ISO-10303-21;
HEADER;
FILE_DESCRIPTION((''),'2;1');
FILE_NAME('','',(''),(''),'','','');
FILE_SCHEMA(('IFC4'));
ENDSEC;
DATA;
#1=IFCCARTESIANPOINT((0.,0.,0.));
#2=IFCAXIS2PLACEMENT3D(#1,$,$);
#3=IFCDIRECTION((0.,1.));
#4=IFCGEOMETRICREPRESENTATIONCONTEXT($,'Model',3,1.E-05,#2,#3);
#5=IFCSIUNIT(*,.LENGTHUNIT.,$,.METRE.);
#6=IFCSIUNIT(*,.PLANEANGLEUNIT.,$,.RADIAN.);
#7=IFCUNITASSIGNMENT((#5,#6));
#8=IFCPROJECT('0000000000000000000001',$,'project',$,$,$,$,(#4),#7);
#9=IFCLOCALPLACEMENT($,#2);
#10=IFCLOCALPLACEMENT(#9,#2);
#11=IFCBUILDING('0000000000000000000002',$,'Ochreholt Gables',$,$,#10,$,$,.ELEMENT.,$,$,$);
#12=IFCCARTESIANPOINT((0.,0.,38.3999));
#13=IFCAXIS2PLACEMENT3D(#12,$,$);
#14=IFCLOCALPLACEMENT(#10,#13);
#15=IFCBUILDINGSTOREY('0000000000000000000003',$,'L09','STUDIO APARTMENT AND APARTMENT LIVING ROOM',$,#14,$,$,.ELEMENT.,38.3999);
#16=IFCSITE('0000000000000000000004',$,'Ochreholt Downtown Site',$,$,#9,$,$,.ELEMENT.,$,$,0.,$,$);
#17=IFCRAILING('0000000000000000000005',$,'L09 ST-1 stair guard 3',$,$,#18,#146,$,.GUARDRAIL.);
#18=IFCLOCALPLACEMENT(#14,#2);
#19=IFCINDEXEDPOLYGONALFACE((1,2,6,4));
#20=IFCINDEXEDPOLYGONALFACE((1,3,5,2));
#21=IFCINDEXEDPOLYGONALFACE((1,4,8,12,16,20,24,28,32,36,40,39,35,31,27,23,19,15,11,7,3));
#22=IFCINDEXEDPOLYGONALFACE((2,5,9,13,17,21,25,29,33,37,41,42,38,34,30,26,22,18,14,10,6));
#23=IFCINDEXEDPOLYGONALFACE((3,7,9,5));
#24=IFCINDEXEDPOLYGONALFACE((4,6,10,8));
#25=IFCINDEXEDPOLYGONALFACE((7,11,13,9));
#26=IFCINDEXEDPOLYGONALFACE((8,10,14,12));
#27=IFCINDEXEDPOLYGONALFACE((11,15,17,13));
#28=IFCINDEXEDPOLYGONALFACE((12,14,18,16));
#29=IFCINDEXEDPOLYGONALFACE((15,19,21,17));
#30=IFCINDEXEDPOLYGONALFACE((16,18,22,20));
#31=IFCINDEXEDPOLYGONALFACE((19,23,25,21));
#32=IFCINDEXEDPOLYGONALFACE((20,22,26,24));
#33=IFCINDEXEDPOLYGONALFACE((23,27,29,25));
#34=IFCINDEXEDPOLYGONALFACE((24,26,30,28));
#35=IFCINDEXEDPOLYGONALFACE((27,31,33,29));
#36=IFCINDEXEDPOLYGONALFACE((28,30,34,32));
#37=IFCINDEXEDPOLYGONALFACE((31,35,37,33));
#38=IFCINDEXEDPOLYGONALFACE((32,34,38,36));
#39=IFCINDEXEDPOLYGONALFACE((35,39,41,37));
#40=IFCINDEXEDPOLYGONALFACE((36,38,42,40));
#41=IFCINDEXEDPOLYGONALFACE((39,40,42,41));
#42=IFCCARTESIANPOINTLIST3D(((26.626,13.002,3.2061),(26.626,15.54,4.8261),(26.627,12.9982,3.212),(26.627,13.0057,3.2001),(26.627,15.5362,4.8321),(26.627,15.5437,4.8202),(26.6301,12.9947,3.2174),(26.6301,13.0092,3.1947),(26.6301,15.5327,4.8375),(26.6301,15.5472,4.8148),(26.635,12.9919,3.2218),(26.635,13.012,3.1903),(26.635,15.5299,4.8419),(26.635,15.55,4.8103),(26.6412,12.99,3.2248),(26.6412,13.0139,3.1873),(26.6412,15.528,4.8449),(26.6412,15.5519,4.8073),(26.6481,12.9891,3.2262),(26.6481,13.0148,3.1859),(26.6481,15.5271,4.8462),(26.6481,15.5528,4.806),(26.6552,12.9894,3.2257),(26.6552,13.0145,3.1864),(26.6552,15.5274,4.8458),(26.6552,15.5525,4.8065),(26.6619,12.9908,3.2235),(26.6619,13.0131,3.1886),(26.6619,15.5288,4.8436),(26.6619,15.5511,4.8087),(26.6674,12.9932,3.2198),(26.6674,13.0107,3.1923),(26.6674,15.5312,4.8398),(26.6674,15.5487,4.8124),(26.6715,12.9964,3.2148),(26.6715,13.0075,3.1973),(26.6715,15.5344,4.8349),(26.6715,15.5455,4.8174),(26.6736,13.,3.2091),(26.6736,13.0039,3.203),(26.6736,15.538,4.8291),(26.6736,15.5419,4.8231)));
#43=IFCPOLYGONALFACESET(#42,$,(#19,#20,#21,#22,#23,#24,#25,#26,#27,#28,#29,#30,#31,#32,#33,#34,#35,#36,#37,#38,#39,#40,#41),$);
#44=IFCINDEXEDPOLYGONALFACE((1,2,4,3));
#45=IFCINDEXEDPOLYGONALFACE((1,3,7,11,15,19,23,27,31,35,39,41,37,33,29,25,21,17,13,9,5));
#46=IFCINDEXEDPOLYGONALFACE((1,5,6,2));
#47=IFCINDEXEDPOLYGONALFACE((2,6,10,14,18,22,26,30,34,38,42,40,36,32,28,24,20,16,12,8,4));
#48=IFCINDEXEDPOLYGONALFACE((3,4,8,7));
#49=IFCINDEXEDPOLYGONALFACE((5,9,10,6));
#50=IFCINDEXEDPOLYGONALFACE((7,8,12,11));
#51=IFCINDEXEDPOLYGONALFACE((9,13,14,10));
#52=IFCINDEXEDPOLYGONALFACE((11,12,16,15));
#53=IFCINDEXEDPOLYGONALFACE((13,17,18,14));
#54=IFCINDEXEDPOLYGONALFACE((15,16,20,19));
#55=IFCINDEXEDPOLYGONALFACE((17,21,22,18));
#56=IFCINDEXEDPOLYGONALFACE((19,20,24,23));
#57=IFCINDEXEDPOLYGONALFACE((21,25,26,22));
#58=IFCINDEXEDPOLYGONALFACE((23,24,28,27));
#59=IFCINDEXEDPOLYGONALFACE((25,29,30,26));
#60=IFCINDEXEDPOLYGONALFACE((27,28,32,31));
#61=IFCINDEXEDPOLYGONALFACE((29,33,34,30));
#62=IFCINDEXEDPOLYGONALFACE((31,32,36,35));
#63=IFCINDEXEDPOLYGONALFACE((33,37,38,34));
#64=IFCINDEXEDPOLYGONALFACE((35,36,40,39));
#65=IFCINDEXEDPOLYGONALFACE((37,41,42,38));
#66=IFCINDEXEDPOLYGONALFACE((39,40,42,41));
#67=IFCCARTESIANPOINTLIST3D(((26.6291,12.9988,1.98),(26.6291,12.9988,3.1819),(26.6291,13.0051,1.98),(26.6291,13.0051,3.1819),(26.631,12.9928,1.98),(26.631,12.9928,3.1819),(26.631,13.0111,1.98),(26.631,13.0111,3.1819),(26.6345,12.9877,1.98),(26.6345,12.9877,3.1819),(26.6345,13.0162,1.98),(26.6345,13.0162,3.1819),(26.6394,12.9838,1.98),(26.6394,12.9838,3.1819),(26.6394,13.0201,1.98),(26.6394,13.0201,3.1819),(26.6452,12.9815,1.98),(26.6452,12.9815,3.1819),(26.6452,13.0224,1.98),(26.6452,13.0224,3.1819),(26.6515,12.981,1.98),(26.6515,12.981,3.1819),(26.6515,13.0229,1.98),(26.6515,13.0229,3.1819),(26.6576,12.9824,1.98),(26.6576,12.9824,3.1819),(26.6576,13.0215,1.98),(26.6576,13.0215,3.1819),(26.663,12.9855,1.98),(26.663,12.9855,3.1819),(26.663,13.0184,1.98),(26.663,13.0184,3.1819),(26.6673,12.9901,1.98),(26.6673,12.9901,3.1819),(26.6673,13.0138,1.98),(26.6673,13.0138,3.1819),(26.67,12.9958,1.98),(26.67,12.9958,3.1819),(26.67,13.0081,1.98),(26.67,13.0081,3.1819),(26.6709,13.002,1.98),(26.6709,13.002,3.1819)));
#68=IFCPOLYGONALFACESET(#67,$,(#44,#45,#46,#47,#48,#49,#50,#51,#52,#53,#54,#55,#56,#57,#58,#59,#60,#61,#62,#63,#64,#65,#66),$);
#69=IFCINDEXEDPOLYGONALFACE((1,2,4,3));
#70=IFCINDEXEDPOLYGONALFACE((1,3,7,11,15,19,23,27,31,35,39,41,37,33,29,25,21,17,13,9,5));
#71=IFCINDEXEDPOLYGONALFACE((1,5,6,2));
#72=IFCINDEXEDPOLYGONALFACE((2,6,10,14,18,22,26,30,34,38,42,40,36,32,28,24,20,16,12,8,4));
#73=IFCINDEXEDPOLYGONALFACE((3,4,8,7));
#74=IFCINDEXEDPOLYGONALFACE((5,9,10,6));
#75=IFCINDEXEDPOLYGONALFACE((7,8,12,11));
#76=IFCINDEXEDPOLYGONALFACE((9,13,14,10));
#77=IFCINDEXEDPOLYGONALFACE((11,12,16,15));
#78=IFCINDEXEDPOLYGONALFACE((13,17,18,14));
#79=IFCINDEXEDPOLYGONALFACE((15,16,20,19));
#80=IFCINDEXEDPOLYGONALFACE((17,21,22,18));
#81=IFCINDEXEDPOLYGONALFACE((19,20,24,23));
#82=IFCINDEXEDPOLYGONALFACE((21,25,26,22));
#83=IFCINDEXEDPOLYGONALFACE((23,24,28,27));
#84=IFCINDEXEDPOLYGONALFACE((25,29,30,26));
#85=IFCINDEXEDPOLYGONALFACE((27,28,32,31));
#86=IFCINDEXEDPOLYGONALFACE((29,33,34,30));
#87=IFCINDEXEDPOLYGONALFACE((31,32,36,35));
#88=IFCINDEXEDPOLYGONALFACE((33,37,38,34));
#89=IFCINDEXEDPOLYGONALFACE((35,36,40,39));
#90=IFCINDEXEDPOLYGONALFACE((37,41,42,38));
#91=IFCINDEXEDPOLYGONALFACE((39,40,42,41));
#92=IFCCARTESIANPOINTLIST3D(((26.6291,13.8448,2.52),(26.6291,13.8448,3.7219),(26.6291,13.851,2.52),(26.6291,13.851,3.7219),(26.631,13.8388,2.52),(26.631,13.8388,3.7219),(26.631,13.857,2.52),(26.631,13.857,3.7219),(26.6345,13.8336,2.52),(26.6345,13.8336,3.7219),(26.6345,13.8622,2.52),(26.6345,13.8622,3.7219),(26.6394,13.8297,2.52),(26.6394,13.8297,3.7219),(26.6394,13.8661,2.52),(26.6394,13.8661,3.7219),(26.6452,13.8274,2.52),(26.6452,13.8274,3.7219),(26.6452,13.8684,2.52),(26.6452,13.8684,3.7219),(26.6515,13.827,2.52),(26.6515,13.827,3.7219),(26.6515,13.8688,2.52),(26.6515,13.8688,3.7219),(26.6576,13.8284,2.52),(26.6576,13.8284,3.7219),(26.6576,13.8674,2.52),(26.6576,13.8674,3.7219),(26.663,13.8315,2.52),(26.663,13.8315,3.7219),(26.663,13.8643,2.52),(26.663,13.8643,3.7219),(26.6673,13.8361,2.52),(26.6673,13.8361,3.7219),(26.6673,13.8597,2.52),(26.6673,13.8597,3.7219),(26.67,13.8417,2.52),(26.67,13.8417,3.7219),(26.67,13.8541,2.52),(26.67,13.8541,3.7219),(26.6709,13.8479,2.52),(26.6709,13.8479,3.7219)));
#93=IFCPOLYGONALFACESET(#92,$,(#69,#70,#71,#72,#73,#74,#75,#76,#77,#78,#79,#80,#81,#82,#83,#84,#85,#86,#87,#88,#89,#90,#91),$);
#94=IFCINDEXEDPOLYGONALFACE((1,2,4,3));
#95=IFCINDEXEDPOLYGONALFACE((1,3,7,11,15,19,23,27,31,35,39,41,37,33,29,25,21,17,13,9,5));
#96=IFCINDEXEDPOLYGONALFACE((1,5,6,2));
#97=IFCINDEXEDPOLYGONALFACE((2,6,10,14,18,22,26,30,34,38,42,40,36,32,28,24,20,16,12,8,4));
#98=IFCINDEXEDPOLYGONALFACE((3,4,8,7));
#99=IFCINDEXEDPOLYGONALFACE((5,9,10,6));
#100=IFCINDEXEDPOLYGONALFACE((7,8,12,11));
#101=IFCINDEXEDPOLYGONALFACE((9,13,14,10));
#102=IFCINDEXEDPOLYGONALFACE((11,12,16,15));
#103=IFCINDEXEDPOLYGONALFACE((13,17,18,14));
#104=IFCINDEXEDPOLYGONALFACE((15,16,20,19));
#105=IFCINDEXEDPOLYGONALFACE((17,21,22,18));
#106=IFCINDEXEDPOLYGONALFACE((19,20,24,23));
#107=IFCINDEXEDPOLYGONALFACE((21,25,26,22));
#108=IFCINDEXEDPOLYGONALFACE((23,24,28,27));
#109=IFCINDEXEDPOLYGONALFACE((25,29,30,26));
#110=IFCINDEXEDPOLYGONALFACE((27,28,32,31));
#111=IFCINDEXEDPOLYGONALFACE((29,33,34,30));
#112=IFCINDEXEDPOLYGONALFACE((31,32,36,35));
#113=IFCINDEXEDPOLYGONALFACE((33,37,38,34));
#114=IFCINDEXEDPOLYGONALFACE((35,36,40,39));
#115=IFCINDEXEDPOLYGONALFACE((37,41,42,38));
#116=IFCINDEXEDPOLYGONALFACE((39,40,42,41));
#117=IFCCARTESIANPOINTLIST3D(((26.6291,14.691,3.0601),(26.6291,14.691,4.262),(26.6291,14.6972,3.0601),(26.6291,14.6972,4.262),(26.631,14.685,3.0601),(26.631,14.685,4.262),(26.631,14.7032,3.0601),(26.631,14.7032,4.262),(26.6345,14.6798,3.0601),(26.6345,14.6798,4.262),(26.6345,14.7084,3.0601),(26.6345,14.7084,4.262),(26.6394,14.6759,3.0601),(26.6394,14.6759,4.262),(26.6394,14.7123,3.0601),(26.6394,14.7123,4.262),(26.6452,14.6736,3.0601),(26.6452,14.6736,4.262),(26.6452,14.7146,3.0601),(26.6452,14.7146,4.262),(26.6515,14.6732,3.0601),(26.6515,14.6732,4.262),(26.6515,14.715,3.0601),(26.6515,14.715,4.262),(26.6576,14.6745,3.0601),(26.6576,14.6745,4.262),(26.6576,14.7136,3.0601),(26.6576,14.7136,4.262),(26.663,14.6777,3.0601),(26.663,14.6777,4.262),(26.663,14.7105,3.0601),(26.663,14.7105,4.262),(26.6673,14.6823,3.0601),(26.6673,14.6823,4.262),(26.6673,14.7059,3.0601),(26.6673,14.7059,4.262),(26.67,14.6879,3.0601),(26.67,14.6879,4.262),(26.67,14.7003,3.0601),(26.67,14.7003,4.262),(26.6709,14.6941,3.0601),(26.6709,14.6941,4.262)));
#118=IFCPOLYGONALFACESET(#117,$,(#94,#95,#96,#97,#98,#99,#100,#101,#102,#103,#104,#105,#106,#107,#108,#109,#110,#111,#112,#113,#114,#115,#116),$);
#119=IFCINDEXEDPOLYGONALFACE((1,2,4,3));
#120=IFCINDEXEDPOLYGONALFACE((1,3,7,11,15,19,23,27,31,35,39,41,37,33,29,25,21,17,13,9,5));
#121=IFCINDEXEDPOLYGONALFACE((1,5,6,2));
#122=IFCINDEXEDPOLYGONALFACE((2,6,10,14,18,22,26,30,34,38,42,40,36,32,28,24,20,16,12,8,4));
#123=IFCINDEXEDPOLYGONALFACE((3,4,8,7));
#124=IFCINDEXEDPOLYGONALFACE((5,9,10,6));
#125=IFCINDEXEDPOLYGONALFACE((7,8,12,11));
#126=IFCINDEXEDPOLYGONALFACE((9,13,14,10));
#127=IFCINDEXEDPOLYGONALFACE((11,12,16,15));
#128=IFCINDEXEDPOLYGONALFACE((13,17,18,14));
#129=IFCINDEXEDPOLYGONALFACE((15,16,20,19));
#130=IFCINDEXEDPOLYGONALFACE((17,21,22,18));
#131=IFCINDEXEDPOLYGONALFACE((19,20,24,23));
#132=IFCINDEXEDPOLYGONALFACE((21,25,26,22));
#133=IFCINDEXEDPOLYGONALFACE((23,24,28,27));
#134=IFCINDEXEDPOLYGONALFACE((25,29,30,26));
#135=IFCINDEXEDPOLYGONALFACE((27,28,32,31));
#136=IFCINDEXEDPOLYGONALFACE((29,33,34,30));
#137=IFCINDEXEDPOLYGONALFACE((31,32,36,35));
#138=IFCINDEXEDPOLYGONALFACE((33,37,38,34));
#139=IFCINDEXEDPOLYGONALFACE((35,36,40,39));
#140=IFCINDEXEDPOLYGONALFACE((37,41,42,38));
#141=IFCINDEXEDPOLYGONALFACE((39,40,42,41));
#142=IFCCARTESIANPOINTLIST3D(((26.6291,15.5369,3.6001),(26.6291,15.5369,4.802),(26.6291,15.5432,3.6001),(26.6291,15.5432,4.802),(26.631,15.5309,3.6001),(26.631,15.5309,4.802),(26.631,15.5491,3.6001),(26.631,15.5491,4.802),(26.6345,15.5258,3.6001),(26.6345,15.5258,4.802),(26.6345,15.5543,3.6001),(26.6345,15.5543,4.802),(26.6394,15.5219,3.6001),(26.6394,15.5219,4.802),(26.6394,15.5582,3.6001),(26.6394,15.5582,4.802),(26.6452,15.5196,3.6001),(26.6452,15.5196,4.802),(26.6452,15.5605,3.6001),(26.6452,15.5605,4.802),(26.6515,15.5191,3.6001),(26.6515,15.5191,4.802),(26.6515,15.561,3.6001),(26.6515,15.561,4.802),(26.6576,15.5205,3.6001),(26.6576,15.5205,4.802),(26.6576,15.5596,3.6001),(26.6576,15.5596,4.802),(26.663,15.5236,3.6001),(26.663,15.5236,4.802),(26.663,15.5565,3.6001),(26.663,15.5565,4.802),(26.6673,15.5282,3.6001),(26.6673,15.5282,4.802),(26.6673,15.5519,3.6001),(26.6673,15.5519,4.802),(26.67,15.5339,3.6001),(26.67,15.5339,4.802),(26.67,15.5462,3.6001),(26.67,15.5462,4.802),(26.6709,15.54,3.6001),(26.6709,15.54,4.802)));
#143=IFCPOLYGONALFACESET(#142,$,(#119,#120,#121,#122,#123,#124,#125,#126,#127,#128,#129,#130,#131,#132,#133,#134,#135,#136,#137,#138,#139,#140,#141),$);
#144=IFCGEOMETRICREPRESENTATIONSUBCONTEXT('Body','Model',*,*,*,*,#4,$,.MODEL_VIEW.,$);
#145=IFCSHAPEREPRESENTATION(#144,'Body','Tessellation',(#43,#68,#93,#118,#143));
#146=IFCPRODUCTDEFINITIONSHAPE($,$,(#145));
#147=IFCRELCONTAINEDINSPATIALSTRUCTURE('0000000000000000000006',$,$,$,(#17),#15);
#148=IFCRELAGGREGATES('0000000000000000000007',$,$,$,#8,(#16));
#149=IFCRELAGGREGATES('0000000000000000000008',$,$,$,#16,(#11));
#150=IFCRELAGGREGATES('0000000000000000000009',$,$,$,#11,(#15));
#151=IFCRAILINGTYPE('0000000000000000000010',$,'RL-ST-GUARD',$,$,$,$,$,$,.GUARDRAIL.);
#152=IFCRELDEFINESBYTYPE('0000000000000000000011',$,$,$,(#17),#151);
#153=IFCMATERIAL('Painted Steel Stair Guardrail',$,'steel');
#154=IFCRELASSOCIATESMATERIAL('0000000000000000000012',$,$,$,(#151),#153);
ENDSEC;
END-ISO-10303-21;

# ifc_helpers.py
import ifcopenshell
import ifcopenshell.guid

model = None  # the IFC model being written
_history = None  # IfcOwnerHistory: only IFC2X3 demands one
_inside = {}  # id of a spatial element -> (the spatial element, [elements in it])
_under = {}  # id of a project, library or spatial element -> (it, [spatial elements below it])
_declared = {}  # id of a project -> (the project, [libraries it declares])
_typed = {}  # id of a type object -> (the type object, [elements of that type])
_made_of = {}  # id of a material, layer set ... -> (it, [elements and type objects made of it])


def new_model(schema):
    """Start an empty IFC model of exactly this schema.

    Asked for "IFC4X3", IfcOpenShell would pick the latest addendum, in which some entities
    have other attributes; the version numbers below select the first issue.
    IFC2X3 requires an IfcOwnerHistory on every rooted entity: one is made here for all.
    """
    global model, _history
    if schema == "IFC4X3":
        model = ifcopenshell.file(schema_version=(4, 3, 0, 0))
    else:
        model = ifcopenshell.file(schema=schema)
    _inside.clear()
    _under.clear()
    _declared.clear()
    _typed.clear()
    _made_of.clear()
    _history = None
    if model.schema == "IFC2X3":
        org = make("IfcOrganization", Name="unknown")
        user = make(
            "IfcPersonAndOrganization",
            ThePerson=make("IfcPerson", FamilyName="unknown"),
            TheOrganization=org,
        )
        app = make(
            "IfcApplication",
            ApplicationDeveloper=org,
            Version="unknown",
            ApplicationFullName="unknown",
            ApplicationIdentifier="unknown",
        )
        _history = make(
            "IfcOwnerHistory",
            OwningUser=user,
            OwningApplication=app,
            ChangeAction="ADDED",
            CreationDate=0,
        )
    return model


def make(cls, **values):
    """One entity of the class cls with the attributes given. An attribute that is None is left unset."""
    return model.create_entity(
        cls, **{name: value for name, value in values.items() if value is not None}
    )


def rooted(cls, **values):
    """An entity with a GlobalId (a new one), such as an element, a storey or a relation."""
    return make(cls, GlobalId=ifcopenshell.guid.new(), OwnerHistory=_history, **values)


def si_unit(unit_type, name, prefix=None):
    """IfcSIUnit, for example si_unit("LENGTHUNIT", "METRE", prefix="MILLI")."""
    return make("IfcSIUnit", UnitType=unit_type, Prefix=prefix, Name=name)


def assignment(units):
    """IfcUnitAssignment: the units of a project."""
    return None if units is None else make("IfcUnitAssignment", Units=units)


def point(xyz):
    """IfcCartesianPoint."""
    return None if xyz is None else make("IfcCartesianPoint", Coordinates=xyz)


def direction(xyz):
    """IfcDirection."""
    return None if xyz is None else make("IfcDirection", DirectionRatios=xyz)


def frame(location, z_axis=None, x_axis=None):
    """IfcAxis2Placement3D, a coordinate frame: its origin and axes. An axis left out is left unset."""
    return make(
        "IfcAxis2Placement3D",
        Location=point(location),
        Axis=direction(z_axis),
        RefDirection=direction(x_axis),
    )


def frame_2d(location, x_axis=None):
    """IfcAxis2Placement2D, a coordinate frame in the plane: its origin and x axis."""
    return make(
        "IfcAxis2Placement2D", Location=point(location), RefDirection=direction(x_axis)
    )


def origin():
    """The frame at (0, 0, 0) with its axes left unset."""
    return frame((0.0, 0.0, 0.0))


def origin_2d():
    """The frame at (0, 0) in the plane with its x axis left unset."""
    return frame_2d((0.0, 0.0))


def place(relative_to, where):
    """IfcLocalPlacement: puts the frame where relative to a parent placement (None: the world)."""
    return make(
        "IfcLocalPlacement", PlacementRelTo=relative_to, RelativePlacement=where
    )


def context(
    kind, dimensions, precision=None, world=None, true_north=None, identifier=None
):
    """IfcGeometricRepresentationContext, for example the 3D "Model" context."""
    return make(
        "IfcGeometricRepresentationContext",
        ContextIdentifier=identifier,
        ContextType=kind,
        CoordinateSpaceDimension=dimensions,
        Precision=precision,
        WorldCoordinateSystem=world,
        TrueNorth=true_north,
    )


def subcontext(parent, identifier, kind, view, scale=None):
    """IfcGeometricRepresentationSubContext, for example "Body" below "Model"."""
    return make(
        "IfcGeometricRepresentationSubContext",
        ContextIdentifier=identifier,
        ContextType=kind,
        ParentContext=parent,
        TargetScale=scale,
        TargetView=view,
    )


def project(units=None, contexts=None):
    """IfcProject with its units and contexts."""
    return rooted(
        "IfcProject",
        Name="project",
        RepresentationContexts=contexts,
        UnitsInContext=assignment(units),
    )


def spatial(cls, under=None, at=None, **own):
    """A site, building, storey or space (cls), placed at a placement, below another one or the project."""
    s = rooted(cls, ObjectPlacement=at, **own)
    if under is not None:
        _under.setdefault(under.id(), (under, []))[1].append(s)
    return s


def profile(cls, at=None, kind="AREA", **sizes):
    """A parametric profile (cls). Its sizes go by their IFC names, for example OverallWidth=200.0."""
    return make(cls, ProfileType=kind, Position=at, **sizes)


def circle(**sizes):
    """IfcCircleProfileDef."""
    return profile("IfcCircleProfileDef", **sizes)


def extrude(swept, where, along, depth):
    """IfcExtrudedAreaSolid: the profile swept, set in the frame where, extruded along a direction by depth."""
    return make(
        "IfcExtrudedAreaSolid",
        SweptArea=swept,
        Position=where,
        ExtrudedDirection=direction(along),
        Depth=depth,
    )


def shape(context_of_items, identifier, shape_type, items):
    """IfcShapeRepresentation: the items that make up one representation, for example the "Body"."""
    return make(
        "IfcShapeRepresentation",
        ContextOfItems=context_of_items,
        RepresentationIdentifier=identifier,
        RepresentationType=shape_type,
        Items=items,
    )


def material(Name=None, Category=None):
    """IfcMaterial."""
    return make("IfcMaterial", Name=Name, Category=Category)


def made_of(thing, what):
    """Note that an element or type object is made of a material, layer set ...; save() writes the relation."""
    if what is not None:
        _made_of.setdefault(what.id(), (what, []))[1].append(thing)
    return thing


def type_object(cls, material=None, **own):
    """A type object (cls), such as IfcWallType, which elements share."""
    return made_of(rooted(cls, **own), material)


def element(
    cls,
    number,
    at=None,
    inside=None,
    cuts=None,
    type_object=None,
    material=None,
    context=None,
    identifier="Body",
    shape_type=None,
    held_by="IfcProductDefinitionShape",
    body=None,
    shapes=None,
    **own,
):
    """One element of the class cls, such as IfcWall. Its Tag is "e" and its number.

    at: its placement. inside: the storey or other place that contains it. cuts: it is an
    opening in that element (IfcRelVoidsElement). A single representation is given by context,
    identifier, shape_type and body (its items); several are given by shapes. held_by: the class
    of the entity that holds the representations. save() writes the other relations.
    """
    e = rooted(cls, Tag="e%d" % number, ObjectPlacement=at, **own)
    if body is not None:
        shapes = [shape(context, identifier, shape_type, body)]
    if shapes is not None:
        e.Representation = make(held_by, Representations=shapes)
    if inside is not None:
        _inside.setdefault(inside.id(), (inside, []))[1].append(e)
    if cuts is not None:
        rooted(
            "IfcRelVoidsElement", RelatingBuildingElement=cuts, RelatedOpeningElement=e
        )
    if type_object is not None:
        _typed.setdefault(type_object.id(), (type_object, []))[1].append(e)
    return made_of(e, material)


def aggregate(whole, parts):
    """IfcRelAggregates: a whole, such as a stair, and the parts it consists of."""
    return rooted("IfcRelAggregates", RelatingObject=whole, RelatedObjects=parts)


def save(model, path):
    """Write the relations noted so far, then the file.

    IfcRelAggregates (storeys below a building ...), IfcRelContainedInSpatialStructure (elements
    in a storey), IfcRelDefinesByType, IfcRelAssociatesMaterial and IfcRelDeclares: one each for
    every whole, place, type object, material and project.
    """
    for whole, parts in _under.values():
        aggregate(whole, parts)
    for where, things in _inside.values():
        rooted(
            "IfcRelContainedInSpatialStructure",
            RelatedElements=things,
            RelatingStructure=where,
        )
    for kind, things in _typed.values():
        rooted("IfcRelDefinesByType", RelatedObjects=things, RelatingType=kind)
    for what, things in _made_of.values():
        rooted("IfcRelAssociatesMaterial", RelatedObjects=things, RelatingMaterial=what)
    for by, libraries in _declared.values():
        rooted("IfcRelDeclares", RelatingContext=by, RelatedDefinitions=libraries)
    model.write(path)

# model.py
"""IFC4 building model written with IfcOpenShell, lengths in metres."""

from ifc_helpers import new_model, si_unit, direction, frame, origin, origin_2d, place, context, subcontext, project, spatial, circle, extrude, material, type_object, element, save


model = new_model("IFC4")

# Units and contexts
model_context = context("Model", 3, precision=1e-05, world=origin(), true_north=direction((0.0, 1.0)))
body_context = subcontext(model_context, "Body", "Model", "MODEL_VIEW")
ifc_project = project(units=[si_unit("LENGTHUNIT", "METRE"), si_unit("PLANEANGLEUNIT", "RADIAN")], contexts=[model_context])

# Site, building, storey
site_placement = place(None, origin())
site = spatial("IfcSite", under=ifc_project, at=site_placement, Name="Ochreholt Downtown Site", CompositionType="ELEMENT", RefElevation=0.0)
building_placement = place(site_placement, origin())
building = spatial("IfcBuilding", under=site, at=building_placement, Name="Ochreholt Gables", CompositionType="ELEMENT")
storey_placement = place(building_placement, frame((0.0, 0.0, 38.3999)))
storey = spatial("IfcBuildingStorey", under=building, at=storey_placement, Name="L09", Description="STUDIO APARTMENT AND APARTMENT LIVING ROOM", CompositionType="ELEMENT", Elevation=38.3999)

# Railing
ifc_material_1 = material(Name="Painted Steel Stair Guardrail", Category="steel")
railing_type_1 = type_object("IfcRailingType", Name="RL-ST-GUARD", PredefinedType="GUARDRAIL", material=ifc_material_1)
railing_1_placement = place(storey_placement, frame((26.6499, 13.002, 1.98)))
element("IfcRailing", 1, at=railing_1_placement, inside=storey, type_object=railing_type_1, Name="L09 ST-1 stair guard 3", PredefinedType="GUARDRAIL", context=body_context, shape_type="SweptSolid", body=[
    extrude(circle(Radius=0.0239, at=origin_2d()), frame((0.0, 0.0, 1.2261), z_axis=(0.0, 0.842913, 0.53805), x_axis=(-1.0, 0.0, 0.0)), (0.0, 0.0, 1.0), 3.011),
    extrude(circle(Radius=0.021, at=origin_2d()), origin(), (0.0, 0.0, 1.0), 1.2019),
    extrude(circle(Radius=0.021, at=origin_2d()), frame((0.0, 0.8459, 0.54)), (0.0, 0.0, 1.0), 1.2019),
    extrude(circle(Radius=0.021, at=origin_2d()), frame((0.0, 1.6921, 1.0801)), (0.0, 0.0, 1.0), 1.2019),
    extrude(circle(Radius=0.021, at=origin_2d()), frame((0.0, 2.5381, 1.6201)), (0.0, 0.0, 1.0), 1.2019),
])

save(model, "model.ifc")
